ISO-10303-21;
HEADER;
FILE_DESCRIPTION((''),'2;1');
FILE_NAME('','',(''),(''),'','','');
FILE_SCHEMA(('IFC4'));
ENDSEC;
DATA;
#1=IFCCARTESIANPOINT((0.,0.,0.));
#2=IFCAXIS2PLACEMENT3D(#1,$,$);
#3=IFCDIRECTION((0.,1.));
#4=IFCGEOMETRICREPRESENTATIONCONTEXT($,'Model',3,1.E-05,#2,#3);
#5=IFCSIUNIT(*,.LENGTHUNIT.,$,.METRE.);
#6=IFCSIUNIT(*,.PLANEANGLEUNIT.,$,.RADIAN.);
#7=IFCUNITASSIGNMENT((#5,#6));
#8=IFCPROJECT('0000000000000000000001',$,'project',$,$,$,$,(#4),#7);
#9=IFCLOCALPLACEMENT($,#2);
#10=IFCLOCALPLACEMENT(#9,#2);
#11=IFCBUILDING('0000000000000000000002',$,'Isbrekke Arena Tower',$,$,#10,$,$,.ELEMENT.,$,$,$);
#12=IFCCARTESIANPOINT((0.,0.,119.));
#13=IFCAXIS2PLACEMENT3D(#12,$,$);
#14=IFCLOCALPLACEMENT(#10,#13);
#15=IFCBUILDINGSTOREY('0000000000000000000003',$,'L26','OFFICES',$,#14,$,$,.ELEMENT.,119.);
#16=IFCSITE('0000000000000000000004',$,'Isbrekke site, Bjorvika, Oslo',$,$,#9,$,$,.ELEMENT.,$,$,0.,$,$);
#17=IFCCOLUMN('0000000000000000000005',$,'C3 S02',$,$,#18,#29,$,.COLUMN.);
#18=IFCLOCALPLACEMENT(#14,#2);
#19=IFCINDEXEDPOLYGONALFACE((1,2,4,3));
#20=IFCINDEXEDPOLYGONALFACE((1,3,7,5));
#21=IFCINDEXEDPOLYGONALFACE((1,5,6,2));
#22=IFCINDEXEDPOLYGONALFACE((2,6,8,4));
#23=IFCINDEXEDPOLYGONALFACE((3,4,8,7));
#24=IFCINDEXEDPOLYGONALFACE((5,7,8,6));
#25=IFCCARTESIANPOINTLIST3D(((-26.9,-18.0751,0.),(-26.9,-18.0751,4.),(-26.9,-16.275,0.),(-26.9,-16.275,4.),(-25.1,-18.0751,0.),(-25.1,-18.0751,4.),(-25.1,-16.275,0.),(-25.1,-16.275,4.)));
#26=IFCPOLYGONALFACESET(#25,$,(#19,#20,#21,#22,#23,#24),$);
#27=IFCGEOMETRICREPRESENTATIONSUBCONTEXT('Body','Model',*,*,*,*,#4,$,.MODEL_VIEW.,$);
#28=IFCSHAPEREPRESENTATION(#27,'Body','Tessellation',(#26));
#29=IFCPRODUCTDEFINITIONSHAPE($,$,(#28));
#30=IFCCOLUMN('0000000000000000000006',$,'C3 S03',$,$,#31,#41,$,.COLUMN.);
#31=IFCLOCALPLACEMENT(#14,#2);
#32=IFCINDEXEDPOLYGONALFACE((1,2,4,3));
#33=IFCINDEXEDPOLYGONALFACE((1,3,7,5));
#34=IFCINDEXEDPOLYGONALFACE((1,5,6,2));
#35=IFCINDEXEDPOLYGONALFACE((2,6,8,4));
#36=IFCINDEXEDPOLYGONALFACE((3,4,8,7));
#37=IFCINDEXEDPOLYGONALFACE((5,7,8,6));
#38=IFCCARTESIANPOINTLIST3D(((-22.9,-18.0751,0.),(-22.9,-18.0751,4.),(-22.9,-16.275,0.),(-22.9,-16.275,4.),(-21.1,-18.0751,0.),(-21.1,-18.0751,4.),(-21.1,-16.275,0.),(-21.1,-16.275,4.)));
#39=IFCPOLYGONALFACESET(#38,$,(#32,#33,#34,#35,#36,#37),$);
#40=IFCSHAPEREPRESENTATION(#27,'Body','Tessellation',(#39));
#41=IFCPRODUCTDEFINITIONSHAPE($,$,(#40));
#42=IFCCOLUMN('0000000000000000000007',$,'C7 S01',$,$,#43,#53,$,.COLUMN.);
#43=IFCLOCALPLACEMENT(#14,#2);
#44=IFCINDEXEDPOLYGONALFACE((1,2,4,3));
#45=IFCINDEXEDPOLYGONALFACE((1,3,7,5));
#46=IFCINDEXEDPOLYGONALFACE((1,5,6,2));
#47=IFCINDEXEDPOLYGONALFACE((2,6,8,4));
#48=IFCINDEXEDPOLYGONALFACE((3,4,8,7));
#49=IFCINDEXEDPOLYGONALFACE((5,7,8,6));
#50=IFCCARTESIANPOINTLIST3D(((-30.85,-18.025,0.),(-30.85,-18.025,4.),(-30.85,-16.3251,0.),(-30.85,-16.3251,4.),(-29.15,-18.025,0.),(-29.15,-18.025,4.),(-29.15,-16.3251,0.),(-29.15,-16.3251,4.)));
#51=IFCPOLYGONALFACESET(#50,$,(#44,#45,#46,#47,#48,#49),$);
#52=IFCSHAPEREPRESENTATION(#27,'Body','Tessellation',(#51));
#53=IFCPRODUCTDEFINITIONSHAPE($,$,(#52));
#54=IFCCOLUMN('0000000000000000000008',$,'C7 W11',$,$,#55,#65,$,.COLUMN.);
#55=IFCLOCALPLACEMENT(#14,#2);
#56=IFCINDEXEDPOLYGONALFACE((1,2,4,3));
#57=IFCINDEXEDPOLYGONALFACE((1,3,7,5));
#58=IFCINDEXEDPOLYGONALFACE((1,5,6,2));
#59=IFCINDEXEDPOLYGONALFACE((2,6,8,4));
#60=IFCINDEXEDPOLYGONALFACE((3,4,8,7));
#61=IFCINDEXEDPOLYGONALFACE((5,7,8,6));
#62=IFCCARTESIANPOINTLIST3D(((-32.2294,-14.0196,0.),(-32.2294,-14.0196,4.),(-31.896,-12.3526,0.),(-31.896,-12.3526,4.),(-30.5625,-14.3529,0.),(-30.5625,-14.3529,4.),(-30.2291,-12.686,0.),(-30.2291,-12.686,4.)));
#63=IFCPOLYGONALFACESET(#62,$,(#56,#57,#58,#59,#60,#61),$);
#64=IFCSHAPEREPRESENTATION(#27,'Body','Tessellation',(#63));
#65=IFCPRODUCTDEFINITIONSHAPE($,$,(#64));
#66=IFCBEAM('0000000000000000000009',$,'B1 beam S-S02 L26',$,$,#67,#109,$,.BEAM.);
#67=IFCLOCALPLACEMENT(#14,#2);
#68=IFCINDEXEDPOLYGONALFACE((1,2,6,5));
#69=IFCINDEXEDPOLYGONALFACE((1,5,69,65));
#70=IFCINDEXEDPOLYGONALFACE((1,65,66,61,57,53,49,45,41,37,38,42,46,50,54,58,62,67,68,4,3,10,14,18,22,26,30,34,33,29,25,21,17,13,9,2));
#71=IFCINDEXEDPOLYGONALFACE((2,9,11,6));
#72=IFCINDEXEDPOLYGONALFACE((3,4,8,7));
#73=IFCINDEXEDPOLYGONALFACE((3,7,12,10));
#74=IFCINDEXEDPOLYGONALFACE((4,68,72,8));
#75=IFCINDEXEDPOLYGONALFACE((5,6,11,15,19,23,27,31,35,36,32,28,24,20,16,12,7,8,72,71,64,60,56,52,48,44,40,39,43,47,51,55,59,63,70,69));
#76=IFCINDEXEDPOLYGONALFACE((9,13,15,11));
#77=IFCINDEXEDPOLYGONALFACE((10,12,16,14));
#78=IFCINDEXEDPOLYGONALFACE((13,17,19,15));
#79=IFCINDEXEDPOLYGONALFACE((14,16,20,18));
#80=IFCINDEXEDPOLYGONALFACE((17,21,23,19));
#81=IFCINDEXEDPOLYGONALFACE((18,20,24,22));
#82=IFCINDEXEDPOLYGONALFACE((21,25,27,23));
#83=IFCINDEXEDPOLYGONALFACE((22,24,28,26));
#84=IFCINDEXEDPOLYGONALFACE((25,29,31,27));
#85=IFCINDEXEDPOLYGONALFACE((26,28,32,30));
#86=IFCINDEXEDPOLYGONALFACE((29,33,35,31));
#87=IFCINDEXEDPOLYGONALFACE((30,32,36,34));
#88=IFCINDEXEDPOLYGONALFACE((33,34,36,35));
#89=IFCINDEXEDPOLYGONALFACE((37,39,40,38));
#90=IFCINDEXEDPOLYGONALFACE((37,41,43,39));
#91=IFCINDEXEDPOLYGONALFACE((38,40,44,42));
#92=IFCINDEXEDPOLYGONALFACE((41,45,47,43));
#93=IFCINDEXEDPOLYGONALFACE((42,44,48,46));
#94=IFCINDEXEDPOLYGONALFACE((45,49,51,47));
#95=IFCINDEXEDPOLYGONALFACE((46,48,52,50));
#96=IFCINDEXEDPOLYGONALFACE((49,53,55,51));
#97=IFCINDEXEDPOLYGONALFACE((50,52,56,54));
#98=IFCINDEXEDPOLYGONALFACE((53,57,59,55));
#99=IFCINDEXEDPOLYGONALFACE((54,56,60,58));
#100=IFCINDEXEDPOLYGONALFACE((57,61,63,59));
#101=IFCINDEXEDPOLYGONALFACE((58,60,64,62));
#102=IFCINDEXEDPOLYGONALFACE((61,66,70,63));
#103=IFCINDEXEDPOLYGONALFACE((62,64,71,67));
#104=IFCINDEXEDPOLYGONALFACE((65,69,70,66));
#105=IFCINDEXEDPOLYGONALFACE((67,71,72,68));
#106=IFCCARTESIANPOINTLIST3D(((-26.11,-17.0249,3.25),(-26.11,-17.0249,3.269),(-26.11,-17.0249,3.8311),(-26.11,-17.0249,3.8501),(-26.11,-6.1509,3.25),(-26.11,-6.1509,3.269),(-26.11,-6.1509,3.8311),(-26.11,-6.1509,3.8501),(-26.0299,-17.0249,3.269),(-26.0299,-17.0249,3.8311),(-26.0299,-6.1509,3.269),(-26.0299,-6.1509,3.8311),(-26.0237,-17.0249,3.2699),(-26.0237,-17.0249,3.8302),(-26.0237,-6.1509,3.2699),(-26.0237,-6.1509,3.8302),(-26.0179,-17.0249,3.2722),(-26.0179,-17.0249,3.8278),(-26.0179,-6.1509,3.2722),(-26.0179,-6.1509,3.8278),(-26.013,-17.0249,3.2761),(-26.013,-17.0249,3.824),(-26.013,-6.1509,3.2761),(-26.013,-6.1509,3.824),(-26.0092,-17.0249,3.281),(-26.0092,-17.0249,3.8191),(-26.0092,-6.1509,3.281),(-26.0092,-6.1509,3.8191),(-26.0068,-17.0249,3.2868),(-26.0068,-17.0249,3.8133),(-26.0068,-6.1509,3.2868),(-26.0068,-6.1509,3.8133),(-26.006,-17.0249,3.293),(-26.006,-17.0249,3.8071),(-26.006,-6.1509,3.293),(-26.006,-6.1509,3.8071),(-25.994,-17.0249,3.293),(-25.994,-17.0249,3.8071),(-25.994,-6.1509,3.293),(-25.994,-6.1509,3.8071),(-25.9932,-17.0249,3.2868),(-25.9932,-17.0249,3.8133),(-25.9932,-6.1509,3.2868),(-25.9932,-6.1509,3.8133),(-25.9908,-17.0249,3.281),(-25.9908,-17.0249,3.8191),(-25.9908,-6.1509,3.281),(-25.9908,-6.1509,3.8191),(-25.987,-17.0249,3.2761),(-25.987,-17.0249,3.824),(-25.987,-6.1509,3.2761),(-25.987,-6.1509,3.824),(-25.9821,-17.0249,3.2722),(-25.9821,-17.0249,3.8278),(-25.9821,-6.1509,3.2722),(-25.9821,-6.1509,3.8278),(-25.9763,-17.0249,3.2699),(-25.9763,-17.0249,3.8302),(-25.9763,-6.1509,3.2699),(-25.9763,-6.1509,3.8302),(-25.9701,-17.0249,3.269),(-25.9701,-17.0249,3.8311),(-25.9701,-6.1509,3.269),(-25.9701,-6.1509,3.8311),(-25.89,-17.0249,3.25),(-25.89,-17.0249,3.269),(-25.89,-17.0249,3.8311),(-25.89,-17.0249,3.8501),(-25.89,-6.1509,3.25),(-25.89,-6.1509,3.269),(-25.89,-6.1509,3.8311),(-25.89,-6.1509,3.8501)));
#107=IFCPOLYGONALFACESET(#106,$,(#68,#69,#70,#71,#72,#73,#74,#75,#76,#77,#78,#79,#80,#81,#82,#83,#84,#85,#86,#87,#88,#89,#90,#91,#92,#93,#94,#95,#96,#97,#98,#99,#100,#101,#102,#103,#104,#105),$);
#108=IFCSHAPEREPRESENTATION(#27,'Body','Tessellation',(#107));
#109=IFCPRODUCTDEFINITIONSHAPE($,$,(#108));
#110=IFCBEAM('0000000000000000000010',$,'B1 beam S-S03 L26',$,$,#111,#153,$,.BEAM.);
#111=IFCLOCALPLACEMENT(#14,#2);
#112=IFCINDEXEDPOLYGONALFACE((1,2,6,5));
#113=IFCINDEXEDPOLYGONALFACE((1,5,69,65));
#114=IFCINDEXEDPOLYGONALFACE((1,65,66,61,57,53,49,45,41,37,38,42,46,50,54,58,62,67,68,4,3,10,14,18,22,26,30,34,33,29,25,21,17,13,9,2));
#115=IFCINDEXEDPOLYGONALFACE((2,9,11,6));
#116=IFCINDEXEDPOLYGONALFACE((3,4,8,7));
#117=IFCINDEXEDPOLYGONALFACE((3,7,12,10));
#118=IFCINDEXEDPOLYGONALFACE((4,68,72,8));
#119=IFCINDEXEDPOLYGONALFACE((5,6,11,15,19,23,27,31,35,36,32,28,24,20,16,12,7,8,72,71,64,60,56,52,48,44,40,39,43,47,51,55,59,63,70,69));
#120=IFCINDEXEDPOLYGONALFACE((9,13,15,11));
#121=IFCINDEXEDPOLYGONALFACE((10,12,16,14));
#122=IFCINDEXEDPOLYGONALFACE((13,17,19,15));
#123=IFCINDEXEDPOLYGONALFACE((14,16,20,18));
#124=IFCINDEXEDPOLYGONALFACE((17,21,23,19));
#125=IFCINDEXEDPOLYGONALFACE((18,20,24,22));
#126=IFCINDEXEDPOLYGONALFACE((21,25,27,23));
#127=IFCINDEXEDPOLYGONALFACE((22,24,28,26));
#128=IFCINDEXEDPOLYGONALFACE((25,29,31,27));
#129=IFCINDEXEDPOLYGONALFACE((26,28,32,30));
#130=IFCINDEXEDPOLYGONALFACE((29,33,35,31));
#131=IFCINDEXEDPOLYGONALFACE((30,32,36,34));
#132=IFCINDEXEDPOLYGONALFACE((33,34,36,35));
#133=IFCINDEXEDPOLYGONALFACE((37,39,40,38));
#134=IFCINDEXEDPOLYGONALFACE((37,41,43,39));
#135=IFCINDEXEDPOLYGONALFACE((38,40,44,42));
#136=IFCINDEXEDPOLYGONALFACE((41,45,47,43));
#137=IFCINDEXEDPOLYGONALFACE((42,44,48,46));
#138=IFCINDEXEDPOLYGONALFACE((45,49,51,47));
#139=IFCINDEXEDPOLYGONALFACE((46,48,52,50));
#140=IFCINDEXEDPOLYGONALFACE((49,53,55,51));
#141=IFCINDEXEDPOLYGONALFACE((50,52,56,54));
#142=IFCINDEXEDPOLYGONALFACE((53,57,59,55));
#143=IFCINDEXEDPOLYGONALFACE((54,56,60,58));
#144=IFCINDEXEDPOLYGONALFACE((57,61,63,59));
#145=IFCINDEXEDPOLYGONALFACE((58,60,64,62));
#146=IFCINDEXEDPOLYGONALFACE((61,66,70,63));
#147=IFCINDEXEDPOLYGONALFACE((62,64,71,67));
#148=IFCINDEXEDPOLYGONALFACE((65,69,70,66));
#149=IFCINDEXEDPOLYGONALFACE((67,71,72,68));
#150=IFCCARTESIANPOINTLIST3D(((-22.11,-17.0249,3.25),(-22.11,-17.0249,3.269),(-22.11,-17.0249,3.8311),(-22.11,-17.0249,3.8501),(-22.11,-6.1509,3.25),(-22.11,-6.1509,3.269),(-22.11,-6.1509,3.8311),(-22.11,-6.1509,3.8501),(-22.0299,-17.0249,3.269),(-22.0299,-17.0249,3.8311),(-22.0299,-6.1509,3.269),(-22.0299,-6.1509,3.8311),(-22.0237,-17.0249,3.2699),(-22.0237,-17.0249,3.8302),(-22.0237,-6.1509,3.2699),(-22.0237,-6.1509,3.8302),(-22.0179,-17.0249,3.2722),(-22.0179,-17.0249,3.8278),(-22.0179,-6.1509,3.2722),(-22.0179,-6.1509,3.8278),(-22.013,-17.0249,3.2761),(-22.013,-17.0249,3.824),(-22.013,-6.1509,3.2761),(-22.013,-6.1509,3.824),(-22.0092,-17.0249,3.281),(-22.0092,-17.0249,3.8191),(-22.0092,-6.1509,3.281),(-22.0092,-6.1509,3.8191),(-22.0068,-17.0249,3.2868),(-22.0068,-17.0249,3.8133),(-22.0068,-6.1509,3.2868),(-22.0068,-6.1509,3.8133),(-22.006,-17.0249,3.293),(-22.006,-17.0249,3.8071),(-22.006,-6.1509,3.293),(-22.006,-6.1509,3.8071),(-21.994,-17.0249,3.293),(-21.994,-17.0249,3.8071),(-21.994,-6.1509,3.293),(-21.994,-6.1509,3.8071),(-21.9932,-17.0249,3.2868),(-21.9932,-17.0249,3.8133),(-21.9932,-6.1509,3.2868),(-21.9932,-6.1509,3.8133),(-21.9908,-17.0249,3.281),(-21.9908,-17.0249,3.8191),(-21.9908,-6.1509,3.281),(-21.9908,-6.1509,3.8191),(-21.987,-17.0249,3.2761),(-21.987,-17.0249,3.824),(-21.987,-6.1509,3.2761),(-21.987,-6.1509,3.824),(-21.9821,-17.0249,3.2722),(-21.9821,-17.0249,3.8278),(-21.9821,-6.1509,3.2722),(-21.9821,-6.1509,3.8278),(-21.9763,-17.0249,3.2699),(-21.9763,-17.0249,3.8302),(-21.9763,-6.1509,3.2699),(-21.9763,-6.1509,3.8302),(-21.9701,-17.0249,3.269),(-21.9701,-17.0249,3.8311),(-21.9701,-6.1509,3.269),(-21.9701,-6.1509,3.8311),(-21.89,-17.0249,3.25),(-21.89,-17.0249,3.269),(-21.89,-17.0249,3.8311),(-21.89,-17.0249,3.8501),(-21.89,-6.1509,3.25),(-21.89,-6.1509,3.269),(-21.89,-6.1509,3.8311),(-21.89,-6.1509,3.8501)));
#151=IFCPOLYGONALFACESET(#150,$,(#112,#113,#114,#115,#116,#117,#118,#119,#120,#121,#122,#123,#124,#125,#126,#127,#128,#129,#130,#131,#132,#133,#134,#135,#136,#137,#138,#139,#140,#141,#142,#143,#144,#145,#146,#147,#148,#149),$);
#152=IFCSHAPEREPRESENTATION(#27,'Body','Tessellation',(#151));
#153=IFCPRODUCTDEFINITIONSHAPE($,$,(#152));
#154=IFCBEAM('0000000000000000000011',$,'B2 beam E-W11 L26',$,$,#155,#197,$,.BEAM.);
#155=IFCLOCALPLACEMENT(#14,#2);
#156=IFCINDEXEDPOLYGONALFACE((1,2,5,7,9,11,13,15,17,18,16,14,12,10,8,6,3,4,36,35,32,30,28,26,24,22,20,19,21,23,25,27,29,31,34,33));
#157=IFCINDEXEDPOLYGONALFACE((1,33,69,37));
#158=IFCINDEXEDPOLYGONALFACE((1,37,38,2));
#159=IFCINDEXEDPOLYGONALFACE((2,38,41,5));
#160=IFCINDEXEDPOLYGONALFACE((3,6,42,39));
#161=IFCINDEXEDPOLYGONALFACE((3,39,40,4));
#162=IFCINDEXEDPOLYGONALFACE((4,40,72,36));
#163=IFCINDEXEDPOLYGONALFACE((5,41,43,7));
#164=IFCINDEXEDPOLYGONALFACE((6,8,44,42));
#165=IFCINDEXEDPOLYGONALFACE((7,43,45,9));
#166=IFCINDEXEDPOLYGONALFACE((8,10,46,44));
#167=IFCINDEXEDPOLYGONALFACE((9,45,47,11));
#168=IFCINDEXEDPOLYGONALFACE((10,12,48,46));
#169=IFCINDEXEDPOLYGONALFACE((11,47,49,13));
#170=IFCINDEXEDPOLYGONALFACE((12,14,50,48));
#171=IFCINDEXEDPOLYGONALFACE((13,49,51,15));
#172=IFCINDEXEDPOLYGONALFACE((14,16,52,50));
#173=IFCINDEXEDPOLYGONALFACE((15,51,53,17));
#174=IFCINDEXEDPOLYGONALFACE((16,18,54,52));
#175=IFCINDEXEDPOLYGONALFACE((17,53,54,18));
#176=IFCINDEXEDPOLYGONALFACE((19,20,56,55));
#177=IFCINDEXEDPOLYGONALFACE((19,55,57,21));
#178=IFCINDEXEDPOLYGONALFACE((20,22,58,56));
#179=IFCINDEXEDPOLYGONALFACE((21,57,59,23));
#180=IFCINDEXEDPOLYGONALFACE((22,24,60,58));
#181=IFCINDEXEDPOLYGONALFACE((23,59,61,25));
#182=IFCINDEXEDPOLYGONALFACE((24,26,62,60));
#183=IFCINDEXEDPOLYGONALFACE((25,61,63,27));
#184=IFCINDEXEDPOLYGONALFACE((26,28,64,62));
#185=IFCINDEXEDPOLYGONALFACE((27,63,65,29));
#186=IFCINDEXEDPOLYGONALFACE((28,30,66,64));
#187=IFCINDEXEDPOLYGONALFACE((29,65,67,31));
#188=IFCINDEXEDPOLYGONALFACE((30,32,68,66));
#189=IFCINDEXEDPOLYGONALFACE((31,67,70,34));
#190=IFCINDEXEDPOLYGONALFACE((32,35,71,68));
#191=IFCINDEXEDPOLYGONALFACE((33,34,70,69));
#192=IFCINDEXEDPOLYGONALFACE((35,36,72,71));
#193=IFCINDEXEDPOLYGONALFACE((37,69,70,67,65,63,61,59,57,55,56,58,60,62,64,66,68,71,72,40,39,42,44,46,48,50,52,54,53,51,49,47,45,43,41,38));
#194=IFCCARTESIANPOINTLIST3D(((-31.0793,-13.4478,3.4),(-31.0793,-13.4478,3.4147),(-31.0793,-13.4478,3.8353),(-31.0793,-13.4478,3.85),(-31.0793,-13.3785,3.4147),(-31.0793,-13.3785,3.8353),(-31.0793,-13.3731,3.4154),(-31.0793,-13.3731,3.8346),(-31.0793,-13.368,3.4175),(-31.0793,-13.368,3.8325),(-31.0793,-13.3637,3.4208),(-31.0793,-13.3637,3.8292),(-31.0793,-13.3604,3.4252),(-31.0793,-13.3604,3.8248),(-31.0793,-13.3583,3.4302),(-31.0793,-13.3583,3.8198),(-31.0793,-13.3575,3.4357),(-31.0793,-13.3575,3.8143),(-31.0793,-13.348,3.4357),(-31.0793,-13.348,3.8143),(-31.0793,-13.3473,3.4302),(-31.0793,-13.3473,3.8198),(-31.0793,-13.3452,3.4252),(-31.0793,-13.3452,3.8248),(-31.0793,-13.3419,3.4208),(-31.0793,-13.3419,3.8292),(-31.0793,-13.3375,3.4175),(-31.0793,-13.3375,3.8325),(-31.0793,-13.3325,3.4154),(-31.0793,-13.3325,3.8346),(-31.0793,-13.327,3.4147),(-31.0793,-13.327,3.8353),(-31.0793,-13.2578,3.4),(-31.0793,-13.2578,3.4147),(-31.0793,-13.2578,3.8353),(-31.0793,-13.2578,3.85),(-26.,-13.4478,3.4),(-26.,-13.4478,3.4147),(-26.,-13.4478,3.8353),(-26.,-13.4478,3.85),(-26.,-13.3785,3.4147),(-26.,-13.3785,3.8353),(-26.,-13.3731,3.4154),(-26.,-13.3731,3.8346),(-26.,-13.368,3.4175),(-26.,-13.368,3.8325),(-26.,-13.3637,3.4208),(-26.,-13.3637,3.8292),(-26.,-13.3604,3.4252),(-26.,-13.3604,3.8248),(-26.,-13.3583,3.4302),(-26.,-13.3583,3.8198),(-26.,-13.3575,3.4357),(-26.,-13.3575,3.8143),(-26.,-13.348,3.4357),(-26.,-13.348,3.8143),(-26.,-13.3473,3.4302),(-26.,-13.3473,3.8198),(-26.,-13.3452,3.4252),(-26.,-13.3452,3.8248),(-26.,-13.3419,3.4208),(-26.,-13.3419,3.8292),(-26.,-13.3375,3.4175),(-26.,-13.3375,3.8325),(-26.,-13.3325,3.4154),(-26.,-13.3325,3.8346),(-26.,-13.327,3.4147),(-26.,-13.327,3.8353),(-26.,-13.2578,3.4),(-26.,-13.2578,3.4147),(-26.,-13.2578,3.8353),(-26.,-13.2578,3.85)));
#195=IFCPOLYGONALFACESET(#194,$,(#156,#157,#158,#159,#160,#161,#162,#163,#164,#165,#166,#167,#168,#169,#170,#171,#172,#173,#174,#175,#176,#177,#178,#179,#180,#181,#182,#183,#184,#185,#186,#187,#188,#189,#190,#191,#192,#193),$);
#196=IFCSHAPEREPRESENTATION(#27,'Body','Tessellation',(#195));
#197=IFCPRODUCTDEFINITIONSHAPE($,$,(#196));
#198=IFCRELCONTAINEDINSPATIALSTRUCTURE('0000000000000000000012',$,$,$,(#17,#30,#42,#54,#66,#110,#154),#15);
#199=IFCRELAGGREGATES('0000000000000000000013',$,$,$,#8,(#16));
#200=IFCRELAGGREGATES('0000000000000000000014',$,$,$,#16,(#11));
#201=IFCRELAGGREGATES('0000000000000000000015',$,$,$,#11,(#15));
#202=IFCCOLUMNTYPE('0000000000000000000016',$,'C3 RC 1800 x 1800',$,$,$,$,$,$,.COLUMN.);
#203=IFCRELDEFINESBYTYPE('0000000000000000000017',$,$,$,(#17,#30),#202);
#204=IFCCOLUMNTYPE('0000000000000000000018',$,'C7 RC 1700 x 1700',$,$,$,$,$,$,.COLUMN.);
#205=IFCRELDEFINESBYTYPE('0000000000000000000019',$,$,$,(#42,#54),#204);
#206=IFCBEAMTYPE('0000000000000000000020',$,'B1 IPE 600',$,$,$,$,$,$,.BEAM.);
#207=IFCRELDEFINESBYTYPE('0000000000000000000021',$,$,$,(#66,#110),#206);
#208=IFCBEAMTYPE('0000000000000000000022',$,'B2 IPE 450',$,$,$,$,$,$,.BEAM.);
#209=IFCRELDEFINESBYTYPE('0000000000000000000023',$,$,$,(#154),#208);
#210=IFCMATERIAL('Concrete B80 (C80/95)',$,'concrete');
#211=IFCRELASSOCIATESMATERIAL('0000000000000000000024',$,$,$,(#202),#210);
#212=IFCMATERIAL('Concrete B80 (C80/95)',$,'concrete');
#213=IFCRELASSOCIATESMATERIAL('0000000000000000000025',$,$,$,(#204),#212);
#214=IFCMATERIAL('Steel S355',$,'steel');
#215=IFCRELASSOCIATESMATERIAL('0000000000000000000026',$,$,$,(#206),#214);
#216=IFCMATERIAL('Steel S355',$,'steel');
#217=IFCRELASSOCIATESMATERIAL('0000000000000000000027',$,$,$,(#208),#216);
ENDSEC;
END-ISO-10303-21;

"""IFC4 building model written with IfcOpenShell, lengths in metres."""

from ifc_helpers import new_model, si_unit, direction, frame, origin, origin_2d, place, context, subcontext, project, spatial, rectangle, i_section, extrude, material, material_profile, profile_set, type_object, element, save


model = new_model("IFC4")

# Units and contexts
model_context = context("Model", 3, precision=1e-05, world=origin(), true_north=direction((0.0, 1.0)))
body_context = subcontext(model_context, "Body", "Model", "MODEL_VIEW")
ifc_project = project(units=[si_unit("LENGTHUNIT", "METRE"), si_unit("PLANEANGLEUNIT", "RADIAN")], contexts=[model_context])

# Site, building, storey
site_placement = place(None, origin())
site = spatial("IfcSite", under=ifc_project, at=site_placement, Name="Isbrekke site, Bjorvika, Oslo", CompositionType="ELEMENT", RefElevation=0.0)
building_placement = place(site_placement, origin())
building = spatial("IfcBuilding", under=site, at=building_placement, Name="Isbrekke Arena Tower", CompositionType="ELEMENT")
storey_placement = place(building_placement, frame((0.0, 0.0, 119.0)))
storey = spatial("IfcBuildingStorey", under=building, at=storey_placement, Name="L26", Description="OFFICES", CompositionType="ELEMENT", Elevation=119.0)

# Columns
ifc_material_1 = material(Name="Concrete B80 (C80/95)", Category="concrete")
ifc_material_profile_1 = material_profile(ifc_material_1, rectangle(XDim=1.8, YDim=1.8, at=origin_2d()), Name="RC 1800x1800")
ifc_profile_set_1 = profile_set([ifc_material_profile_1], Name="Concrete B80 (C80/95)")
column_type_1 = type_object("IfcColumnType", Name="C3 RC 1800 x 1800", PredefinedType="COLUMN", material=ifc_profile_set_1)
for number, where, z_axis, x_axis, name in (
    (1, (-26.0, -17.175, 0.0), (0.0, 0.0, 1.0), (1.0, 0.0, 0.0), "C3 S02"),
    (2, (-22.0, -17.175, 0.0), (0.0, 0.0, 1.0), (1.0, 0.0, 0.0), "C3 S03"),
):
    element("IfcColumn", number, at=place(storey_placement, frame(where, z_axis=z_axis, x_axis=x_axis)), inside=storey, type_object=column_type_1, Name=name, PredefinedType="COLUMN", context=body_context, shape_type="SweptSolid", body=[
        extrude(rectangle(XDim=1.8, YDim=1.8, at=origin_2d()), origin(), (0.0, 0.0, 1.0), 4.0),
    ])
ifc_material_2 = material(Name="Concrete B80 (C80/95)", Category="concrete")
ifc_material_profile_2 = material_profile(ifc_material_2, rectangle(XDim=1.7, YDim=1.7, at=origin_2d()), Name="RC 1700x1700")
ifc_profile_set_2 = profile_set([ifc_material_profile_2], Name="Concrete B80 (C80/95)")
column_type_2 = type_object("IfcColumnType", Name="C7 RC 1700 x 1700", PredefinedType="COLUMN", material=ifc_profile_set_2)
for number, where, z_axis, x_axis, name in (
    (3, (-30.0, -17.175, 0.0), (0.0, 0.0, 1.0), (1.0, 0.0, 0.0), "C7 S01"),
    (4, (-31.2292, -13.3528, 0.0), (0.0, 0.0, 1.0), (-0.196116, -0.980581, 0.0), "C7 W11"),
):
    element("IfcColumn", number, at=place(storey_placement, frame(where, z_axis=z_axis, x_axis=x_axis)), inside=storey, type_object=column_type_2, Name=name, PredefinedType="COLUMN", context=body_context, shape_type="SweptSolid", body=[
        extrude(rectangle(XDim=1.7, YDim=1.7, at=origin_2d()), origin(), (0.0, 0.0, 1.0), 4.0),
    ])

# Beams
ifc_material_3 = material(Name="Steel S355", Category="steel")
ifc_material_profile_3 = material_profile(ifc_material_3, i_section(OverallWidth=0.22, OverallDepth=0.6001, WebThickness=0.012, FlangeThickness=0.019, FilletRadius=0.0239, at=origin_2d()), Name="IPE 600")
ifc_profile_set_3 = profile_set([ifc_material_profile_3], Name="Steel S355")
beam_type_1 = type_object("IfcBeamType", Name="B1 IPE 600", PredefinedType="BEAM", material=ifc_profile_set_3)
for number, where, z_axis, x_axis, name in (
    (5, (-26.0, -17.0249, 3.55), (0.0, 1.0, 0.0), (-1.0, 0.0, 0.0), "B1 beam S-S02 L26"),
    (6, (-22.0, -17.0249, 3.55), (0.0, 1.0, 0.0), (-1.0, 0.0, 0.0), "B1 beam S-S03 L26"),
):
    element("IfcBeam", number, at=place(storey_placement, frame(where, z_axis=z_axis, x_axis=x_axis)), inside=storey, type_object=beam_type_1, Name=name, PredefinedType="BEAM", context=body_context, shape_type="SweptSolid", body=[
        extrude(i_section(OverallWidth=0.22, OverallDepth=0.6001, WebThickness=0.012, FlangeThickness=0.019, FilletRadius=0.0239, at=origin_2d()), origin(), (0.0, 0.0, 1.0), 10.874),
    ])
ifc_material_4 = material(Name="Steel S355", Category="steel")
ifc_material_profile_4 = material_profile(ifc_material_4, i_section(OverallWidth=0.1899, OverallDepth=0.45, WebThickness=0.0095, FlangeThickness=0.0146, FilletRadius=0.021, at=origin_2d()), Name="IPE 450")
ifc_profile_set_4 = profile_set([ifc_material_profile_4], Name="Steel S355")
beam_type_2 = type_object("IfcBeamType", Name="B2 IPE 450", PredefinedType="BEAM", material=ifc_profile_set_4)
beam_1_placement = place(storey_placement, frame((-31.0793, -13.3528, 3.625), z_axis=(1.0, 0.0, 0.0), x_axis=(0.0, 1.0, 0.0)))
element("IfcBeam", 7, at=beam_1_placement, inside=storey, type_object=beam_type_2, Name="B2 beam E-W11 L26", PredefinedType="BEAM", context=body_context, shape_type="SweptSolid", body=[
    extrude(i_section(OverallWidth=0.1899, OverallDepth=0.45, WebThickness=0.0095, FlangeThickness=0.0146, FilletRadius=0.021, at=origin_2d()), origin(), (0.0, 0.0, 1.0), 5.0793),
])

save(model, "model.ifc")
